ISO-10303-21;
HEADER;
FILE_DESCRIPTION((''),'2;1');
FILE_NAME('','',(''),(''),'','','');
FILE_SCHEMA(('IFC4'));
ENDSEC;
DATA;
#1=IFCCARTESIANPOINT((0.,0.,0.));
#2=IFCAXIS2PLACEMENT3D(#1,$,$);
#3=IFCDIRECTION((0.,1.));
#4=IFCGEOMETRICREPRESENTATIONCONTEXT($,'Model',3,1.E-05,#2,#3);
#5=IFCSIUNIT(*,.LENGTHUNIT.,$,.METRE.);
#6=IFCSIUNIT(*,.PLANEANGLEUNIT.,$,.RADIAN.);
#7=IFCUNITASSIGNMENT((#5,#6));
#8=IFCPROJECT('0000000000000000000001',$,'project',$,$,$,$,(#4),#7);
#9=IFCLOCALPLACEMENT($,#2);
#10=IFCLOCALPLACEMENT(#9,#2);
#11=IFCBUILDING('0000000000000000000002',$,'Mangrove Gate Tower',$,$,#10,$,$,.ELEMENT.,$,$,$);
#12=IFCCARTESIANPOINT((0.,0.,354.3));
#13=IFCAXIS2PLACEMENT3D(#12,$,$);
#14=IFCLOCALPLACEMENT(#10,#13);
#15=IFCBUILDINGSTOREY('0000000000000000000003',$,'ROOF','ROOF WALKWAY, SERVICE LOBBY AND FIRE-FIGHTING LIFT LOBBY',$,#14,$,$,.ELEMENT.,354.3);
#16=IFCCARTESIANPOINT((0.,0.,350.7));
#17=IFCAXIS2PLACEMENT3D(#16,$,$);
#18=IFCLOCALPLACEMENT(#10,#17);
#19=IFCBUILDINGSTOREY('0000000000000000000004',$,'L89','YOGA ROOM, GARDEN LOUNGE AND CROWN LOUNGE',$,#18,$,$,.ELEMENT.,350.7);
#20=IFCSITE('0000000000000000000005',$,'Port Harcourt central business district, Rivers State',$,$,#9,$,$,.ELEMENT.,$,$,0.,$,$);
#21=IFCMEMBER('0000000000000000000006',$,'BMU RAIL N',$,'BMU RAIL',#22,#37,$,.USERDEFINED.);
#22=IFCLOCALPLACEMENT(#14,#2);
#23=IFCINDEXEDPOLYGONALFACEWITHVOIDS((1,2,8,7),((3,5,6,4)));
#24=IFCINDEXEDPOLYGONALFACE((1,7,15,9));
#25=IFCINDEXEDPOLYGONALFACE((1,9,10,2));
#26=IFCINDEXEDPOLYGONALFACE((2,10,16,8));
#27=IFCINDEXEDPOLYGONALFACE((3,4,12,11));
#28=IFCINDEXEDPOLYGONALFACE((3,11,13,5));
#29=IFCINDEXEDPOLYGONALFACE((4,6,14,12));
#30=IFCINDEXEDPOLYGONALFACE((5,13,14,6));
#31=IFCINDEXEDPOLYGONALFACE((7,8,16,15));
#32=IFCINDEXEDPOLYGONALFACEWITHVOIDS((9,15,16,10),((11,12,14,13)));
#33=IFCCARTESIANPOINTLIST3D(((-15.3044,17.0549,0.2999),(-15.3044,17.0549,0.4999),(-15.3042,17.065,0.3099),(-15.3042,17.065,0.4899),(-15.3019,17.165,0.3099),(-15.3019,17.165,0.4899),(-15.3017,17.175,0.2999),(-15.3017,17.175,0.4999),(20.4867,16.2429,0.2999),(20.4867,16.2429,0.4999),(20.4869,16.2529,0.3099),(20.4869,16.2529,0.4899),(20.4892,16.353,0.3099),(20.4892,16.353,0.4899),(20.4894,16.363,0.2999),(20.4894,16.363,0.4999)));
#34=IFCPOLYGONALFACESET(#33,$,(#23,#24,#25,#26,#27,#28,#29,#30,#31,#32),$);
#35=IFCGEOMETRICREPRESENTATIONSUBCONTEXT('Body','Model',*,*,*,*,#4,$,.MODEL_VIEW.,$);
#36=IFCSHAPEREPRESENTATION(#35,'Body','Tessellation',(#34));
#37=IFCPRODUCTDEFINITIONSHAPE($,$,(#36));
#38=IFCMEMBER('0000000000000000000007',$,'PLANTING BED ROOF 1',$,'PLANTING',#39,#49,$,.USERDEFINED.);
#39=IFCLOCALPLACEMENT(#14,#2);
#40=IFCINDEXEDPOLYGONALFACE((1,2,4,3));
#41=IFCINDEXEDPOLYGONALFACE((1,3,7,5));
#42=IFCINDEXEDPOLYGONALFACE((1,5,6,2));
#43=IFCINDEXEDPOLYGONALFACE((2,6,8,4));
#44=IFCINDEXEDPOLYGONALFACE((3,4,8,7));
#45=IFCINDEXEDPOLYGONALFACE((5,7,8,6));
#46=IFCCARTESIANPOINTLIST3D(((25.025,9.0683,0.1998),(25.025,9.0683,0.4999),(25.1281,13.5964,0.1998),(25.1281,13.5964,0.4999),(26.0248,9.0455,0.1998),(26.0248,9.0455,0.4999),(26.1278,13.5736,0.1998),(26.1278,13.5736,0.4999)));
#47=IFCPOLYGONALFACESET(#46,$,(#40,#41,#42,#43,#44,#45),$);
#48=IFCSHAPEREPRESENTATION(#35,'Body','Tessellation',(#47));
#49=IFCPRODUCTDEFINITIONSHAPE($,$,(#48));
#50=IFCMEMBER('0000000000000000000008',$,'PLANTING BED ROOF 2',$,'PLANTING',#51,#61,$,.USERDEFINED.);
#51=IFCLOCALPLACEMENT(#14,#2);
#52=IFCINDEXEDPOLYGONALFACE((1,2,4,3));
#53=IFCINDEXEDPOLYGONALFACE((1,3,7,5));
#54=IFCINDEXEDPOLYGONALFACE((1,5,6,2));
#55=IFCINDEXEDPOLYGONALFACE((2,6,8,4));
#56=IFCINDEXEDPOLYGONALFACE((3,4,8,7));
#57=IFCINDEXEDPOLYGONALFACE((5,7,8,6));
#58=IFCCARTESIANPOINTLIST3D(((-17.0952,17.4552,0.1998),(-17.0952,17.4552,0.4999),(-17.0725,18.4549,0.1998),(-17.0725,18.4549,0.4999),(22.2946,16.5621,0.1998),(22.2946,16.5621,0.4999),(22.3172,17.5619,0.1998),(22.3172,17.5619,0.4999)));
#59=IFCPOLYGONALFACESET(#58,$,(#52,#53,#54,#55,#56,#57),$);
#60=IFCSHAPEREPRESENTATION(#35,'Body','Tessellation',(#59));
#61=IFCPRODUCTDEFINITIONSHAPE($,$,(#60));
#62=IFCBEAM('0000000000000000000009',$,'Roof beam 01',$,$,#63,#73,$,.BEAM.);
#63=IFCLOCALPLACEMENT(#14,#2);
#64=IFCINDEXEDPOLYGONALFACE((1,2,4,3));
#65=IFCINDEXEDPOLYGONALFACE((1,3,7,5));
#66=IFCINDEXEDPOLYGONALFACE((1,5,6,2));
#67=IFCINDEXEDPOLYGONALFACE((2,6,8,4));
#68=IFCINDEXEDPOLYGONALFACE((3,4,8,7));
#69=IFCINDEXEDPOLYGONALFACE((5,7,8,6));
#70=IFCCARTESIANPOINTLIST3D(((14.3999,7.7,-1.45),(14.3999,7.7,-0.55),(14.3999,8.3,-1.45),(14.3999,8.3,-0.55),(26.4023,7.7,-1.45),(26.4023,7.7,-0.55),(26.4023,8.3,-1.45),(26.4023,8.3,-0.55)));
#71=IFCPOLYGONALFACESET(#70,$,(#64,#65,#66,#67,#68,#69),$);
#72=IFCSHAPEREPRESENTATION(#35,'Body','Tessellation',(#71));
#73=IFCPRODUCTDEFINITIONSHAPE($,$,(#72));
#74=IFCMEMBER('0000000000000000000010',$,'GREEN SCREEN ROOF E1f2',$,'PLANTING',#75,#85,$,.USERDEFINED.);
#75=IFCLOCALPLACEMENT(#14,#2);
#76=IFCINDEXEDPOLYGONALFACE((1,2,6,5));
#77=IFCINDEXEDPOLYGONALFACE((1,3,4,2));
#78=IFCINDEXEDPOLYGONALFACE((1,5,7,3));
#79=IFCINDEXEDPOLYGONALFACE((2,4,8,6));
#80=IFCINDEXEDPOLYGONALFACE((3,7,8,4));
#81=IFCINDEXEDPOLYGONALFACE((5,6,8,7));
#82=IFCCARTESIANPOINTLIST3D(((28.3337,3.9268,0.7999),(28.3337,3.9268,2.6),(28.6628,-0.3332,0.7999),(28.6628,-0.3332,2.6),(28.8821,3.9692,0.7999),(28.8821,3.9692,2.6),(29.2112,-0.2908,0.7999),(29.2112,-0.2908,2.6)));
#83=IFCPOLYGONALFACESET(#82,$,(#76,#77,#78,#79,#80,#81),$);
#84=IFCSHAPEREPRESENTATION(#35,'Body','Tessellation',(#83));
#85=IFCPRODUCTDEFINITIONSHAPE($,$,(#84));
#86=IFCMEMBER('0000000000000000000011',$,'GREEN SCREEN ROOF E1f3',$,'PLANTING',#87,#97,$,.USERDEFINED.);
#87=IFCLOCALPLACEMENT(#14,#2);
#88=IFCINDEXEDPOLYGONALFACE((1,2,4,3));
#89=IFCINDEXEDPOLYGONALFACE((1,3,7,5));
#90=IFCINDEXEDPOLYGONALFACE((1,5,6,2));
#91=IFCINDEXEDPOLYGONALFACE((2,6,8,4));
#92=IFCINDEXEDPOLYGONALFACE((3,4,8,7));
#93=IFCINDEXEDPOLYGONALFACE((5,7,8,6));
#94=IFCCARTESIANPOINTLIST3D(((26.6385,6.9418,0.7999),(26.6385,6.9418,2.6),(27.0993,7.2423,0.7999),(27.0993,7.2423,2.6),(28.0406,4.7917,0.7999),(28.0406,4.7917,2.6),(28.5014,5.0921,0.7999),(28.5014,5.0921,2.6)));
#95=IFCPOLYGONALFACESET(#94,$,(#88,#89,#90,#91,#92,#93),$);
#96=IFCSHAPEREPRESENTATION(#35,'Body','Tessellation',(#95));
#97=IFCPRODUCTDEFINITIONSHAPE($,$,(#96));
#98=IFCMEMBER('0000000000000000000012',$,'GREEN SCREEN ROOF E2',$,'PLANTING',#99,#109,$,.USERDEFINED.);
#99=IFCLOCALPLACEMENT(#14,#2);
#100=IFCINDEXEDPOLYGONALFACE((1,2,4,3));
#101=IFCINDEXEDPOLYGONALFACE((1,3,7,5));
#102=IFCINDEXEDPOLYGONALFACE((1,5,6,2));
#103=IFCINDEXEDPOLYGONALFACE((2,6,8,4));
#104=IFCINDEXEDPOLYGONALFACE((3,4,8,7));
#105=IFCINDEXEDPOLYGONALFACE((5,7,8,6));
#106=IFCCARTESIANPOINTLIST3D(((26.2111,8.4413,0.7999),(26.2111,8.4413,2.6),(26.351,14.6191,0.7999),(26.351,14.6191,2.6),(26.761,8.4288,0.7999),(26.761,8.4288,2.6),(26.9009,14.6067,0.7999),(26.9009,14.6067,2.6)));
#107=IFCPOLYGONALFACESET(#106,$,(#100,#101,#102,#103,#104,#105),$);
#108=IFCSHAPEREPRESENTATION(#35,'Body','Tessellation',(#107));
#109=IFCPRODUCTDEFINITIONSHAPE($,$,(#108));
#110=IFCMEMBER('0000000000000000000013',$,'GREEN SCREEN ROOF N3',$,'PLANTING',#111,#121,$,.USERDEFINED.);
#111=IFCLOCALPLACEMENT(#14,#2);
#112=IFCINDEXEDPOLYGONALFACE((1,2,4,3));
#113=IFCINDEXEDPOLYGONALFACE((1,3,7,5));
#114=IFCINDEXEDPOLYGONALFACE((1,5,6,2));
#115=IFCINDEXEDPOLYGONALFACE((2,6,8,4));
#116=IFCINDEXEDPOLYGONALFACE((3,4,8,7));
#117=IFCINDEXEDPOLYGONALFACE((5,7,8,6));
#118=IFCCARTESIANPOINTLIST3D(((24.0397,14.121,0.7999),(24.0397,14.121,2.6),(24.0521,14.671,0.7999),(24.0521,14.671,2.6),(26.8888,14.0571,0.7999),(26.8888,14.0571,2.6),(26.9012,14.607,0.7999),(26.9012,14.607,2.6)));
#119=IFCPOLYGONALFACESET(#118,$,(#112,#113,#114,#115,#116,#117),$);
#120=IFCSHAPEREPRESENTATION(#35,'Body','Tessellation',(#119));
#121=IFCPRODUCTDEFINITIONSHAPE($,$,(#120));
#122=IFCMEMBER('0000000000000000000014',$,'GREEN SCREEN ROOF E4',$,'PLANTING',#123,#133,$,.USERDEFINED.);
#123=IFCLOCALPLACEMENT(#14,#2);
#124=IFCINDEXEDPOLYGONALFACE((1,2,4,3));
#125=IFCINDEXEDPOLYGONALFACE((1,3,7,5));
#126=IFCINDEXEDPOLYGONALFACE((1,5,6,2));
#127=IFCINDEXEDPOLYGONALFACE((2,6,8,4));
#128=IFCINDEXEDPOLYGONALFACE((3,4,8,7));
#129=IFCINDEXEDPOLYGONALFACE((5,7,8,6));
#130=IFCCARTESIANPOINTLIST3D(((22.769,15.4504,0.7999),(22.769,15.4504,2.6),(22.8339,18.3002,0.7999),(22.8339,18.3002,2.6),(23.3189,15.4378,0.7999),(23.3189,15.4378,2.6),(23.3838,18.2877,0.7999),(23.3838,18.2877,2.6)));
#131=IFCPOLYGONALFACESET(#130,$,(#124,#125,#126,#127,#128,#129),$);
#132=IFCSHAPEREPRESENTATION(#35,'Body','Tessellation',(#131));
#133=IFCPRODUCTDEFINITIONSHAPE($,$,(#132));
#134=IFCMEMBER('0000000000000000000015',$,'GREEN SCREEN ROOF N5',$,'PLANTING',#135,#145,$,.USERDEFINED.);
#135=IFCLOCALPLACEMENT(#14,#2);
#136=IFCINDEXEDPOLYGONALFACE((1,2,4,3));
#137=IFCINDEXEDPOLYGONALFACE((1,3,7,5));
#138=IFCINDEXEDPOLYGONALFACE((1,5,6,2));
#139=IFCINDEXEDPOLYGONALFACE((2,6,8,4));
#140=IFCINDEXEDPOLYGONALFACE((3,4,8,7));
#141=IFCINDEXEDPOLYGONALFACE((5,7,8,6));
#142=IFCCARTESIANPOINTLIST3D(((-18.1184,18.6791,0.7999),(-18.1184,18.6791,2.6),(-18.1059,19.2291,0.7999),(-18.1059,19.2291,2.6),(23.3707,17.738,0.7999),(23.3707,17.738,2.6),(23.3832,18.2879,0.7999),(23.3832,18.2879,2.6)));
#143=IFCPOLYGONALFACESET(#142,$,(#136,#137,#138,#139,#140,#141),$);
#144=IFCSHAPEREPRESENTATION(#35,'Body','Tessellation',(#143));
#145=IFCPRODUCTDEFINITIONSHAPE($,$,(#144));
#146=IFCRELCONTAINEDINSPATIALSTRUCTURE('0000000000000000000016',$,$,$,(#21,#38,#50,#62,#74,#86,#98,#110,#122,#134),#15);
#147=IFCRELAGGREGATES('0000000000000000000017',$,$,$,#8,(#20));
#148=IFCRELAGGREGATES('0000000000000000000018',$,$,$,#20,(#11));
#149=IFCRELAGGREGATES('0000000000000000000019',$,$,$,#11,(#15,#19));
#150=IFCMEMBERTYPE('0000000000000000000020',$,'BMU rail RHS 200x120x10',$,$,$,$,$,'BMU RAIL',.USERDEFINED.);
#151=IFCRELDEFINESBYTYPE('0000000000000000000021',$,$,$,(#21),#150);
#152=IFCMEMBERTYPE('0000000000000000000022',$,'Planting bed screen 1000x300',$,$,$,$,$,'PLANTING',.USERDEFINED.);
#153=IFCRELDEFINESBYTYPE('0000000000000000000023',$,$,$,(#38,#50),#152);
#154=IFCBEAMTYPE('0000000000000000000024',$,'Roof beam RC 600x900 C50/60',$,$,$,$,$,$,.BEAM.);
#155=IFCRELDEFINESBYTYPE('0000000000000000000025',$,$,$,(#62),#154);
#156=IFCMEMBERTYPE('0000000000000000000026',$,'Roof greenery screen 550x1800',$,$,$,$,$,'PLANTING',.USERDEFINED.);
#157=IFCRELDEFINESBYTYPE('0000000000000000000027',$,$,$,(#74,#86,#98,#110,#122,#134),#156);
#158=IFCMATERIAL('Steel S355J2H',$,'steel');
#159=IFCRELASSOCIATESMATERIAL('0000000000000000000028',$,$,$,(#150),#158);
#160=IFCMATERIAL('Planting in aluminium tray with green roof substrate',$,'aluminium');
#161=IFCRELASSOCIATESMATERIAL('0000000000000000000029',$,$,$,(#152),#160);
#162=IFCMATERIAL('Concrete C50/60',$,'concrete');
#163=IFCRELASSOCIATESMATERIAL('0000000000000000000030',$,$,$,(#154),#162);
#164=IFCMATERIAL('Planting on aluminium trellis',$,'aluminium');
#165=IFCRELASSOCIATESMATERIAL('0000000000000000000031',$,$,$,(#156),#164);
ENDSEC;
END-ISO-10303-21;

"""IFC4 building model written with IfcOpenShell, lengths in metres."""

from ifc_helpers import new_model, si_unit, direction, frame, origin, origin_2d, place, context, subcontext, project, spatial, rectangle, hollow_rectangle, extrude, material, material_profile, profile_set, type_object, element, save


model = new_model("IFC4")

# Units and contexts
model_context = context("Model", 3, precision=1e-05, world=origin(), true_north=direction((0.0, 1.0)))
body_context = subcontext(model_context, "Body", "Model", "MODEL_VIEW")
ifc_project = project(units=[si_unit("LENGTHUNIT", "METRE"), si_unit("PLANEANGLEUNIT", "RADIAN")], contexts=[model_context])

# Site, building, storey
site_placement = place(None, origin())
site = spatial("IfcSite", under=ifc_project, at=site_placement, Name="Port Harcourt central business district, Rivers State", CompositionType="ELEMENT", RefElevation=0.0)
building_placement = place(site_placement, origin())
building = spatial("IfcBuilding", under=site, at=building_placement, Name="Mangrove Gate Tower", CompositionType="ELEMENT")
storey_1_placement = place(building_placement, frame((0.0, 0.0, 354.3)))
storey_1 = spatial("IfcBuildingStorey", under=building, at=storey_1_placement, Name="ROOF", Description="ROOF WALKWAY, SERVICE LOBBY AND FIRE-FIGHTING LIFT LOBBY", CompositionType="ELEMENT", Elevation=354.3)

# Members
ifc_material_1 = material(Name="Steel S355J2H", Category="steel")
ifc_material_profile_1 = material_profile(ifc_material_1, hollow_rectangle(XDim=0.1201, YDim=0.2, WallThickness=0.01, at=origin_2d()))
ifc_profile_set_1 = profile_set([ifc_material_profile_1], Name="Steel S355J2H")
member_type_1 = type_object("IfcMemberType", Name="BMU rail RHS 200x120x10", ElementType="BMU RAIL", PredefinedType="USERDEFINED", material=ifc_profile_set_1)
member_1_placement = place(storey_1_placement, frame((20.488, 16.303, 0.3999), z_axis=(-0.999743, 0.022682, 0.0), x_axis=(-0.022682, -0.999743, 0.0)))
element("IfcMember", 1, at=member_1_placement, inside=storey_1, type_object=member_type_1, Name="BMU RAIL N", ObjectType="BMU RAIL", PredefinedType="USERDEFINED", context=body_context, shape_type="SweptSolid", body=[
    extrude(hollow_rectangle(XDim=0.1201, YDim=0.2, WallThickness=0.01, at=origin_2d()), origin(), (0.0, 0.0, 1.0), 35.8003),
])
ifc_material_2 = material(Name="Planting in aluminium tray with green roof substrate", Category="aluminium")
ifc_material_profile_2 = material_profile(ifc_material_2, rectangle(XDim=1.0, YDim=0.3, at=origin_2d()))
ifc_profile_set_2 = profile_set([ifc_material_profile_2], Name="Planting in aluminium tray with green roof substrate")
member_type_2 = type_object("IfcMemberType", Name="Planting bed screen 1000x300", ElementType="PLANTING", PredefinedType="USERDEFINED", material=ifc_profile_set_2)
member_2_placement = place(storey_1_placement, frame((25.5249, 9.0569, 0.3499), z_axis=(0.022747, 0.999741, 0.0), x_axis=(-0.999741, 0.022747, 0.0)))
element("IfcMember", 2, at=member_2_placement, inside=storey_1, type_object=member_type_2, Name="PLANTING BED ROOF 1", ObjectType="PLANTING", PredefinedType="USERDEFINED", context=body_context, shape_type="SweptSolid", body=[
    extrude(rectangle(XDim=1.0, YDim=0.3, at=origin_2d()), origin(), (0.0, 0.0, 1.0), 4.5293),
])
member_3_placement = place(storey_1_placement, frame((22.3059, 17.062, 0.3499), z_axis=(-0.999743, 0.022667, 0.0), x_axis=(-0.022667, -0.999743, 0.0)))
element("IfcMember", 3, at=member_3_placement, inside=storey_1, type_object=member_type_2, Name="PLANTING BED ROOF 2", ObjectType="PLANTING", PredefinedType="USERDEFINED", context=body_context, shape_type="SweptSolid", body=[
    extrude(rectangle(XDim=1.0, YDim=0.3, at=origin_2d()), origin(), (0.0, 0.0, 1.0), 39.3999),
])

# Beam
ifc_material_3 = material(Name="Concrete C50/60", Category="concrete")
ifc_material_profile_3 = material_profile(ifc_material_3, rectangle(XDim=0.6001, YDim=0.8999, at=origin_2d()))
ifc_profile_set_3 = profile_set([ifc_material_profile_3], Name="Concrete C50/60")
beam_type = type_object("IfcBeamType", Name="Roof beam RC 600x900 C50/60", PredefinedType="BEAM", material=ifc_profile_set_3)
beam_placement = place(storey_1_placement, frame((14.3999, 8.0, -1.0), z_axis=(1.0, 0.0, 0.0), x_axis=(0.0, 1.0, 0.0)))
element("IfcBeam", 4, at=beam_placement, inside=storey_1, type_object=beam_type, Name="Roof beam 01", PredefinedType="BEAM", context=body_context, shape_type="SweptSolid", body=[
    extrude(rectangle(XDim=0.6001, YDim=0.8999, at=origin_2d()), origin(), (0.0, 0.0, 1.0), 12.0024),
])

# Members
ifc_material_4 = material(Name="Planting on aluminium trellis", Category="aluminium")
ifc_material_profile_4 = material_profile(ifc_material_4, rectangle(XDim=0.55, YDim=1.8, at=origin_2d()))
ifc_profile_set_4 = profile_set([ifc_material_profile_4], Name="Planting on aluminium trellis")
member_type_3 = type_object("IfcMemberType", Name="Roof greenery screen 550x1800", ElementType="PLANTING", PredefinedType="USERDEFINED", material=ifc_profile_set_4)
member_4_placement = place(storey_1_placement, frame((28.937, -0.312, 1.7), z_axis=(-0.077024, 0.997029, 0.0), x_axis=(-0.997029, -0.077024, 0.0)))
element("IfcMember", 5, at=member_4_placement, inside=storey_1, type_object=member_type_3, Name="GREEN SCREEN ROOF E1f2", ObjectType="PLANTING", PredefinedType="USERDEFINED", context=body_context, shape_type="SweptSolid", body=[
    extrude(rectangle(XDim=0.55, YDim=1.8, at=origin_2d()), origin(), (0.0, 0.0, 1.0), 4.2727),
])
member_5_placement = place(storey_1_placement, frame((28.271, 4.9419, 1.7), z_axis=(-0.546221, 0.837641, 0.0), x_axis=(-0.837641, -0.546221, 0.0)))
element("IfcMember", 6, at=member_5_placement, inside=storey_1, type_object=member_type_3, Name="GREEN SCREEN ROOF E1f3", ObjectType="PLANTING", PredefinedType="USERDEFINED", context=body_context, shape_type="SweptSolid", body=[
    extrude(rectangle(XDim=0.55, YDim=1.8, at=origin_2d()), origin(), (0.0, 0.0, 1.0), 2.5669),
])
member_6_placement = place(storey_1_placement, frame((26.4861, 8.4351, 1.7), z_axis=(0.022638, 0.999744, 0.0), x_axis=(-0.999744, 0.022638, 0.0)))
element("IfcMember", 7, at=member_6_placement, inside=storey_1, type_object=member_type_3, Name="GREEN SCREEN ROOF E2", ObjectType="PLANTING", PredefinedType="USERDEFINED", context=body_context, shape_type="SweptSolid", body=[
    extrude(rectangle(XDim=0.55, YDim=1.8, at=origin_2d()), origin(), (0.0, 0.0, 1.0), 6.1794),
])
member_7_placement = place(storey_1_placement, frame((26.895, 14.332, 1.7), z_axis=(-0.999748, 0.022445, 0.0), x_axis=(-0.022445, -0.999748, 0.0)))
element("IfcMember", 8, at=member_7_placement, inside=storey_1, type_object=member_type_3, Name="GREEN SCREEN ROOF N3", ObjectType="PLANTING", PredefinedType="USERDEFINED", context=body_context, shape_type="SweptSolid", body=[
    extrude(rectangle(XDim=0.55, YDim=1.8, at=origin_2d()), origin(), (0.0, 0.0, 1.0), 2.8499),
])
member_8_placement = place(storey_1_placement, frame((23.0439, 15.4441, 1.7), z_axis=(0.022782, 0.99974, 0.0), x_axis=(-0.99974, 0.022782, 0.0)))
element("IfcMember", 9, at=member_8_placement, inside=storey_1, type_object=member_type_3, Name="GREEN SCREEN ROOF E4", ObjectType="PLANTING", PredefinedType="USERDEFINED", context=body_context, shape_type="SweptSolid", body=[
    extrude(rectangle(XDim=0.55, YDim=1.8, at=origin_2d()), origin(), (0.0, 0.0, 1.0), 2.8506),
])
member_9_placement = place(storey_1_placement, frame((23.377, 18.0129, 1.7), z_axis=(-0.999743, 0.022679, 0.0), x_axis=(-0.022679, -0.999743, 0.0)))
element("IfcMember", 10, at=member_9_placement, inside=storey_1, type_object=member_type_3, Name="GREEN SCREEN ROOF N5", ObjectType="PLANTING", PredefinedType="USERDEFINED", context=body_context, shape_type="SweptSolid", body=[
    extrude(rectangle(XDim=0.55, YDim=1.8, at=origin_2d()), origin(), (0.0, 0.0, 1.0), 41.4998),
])

# Shared definitions
storey_2_placement = place(building_placement, frame((0.0, 0.0, 350.7)))
storey_2 = spatial("IfcBuildingStorey", under=building, at=storey_2_placement, Name="L89", Description="YOGA ROOM, GARDEN LOUNGE AND CROWN LOUNGE", CompositionType="ELEMENT", Elevation=350.7)

save(model, "model.ifc")
